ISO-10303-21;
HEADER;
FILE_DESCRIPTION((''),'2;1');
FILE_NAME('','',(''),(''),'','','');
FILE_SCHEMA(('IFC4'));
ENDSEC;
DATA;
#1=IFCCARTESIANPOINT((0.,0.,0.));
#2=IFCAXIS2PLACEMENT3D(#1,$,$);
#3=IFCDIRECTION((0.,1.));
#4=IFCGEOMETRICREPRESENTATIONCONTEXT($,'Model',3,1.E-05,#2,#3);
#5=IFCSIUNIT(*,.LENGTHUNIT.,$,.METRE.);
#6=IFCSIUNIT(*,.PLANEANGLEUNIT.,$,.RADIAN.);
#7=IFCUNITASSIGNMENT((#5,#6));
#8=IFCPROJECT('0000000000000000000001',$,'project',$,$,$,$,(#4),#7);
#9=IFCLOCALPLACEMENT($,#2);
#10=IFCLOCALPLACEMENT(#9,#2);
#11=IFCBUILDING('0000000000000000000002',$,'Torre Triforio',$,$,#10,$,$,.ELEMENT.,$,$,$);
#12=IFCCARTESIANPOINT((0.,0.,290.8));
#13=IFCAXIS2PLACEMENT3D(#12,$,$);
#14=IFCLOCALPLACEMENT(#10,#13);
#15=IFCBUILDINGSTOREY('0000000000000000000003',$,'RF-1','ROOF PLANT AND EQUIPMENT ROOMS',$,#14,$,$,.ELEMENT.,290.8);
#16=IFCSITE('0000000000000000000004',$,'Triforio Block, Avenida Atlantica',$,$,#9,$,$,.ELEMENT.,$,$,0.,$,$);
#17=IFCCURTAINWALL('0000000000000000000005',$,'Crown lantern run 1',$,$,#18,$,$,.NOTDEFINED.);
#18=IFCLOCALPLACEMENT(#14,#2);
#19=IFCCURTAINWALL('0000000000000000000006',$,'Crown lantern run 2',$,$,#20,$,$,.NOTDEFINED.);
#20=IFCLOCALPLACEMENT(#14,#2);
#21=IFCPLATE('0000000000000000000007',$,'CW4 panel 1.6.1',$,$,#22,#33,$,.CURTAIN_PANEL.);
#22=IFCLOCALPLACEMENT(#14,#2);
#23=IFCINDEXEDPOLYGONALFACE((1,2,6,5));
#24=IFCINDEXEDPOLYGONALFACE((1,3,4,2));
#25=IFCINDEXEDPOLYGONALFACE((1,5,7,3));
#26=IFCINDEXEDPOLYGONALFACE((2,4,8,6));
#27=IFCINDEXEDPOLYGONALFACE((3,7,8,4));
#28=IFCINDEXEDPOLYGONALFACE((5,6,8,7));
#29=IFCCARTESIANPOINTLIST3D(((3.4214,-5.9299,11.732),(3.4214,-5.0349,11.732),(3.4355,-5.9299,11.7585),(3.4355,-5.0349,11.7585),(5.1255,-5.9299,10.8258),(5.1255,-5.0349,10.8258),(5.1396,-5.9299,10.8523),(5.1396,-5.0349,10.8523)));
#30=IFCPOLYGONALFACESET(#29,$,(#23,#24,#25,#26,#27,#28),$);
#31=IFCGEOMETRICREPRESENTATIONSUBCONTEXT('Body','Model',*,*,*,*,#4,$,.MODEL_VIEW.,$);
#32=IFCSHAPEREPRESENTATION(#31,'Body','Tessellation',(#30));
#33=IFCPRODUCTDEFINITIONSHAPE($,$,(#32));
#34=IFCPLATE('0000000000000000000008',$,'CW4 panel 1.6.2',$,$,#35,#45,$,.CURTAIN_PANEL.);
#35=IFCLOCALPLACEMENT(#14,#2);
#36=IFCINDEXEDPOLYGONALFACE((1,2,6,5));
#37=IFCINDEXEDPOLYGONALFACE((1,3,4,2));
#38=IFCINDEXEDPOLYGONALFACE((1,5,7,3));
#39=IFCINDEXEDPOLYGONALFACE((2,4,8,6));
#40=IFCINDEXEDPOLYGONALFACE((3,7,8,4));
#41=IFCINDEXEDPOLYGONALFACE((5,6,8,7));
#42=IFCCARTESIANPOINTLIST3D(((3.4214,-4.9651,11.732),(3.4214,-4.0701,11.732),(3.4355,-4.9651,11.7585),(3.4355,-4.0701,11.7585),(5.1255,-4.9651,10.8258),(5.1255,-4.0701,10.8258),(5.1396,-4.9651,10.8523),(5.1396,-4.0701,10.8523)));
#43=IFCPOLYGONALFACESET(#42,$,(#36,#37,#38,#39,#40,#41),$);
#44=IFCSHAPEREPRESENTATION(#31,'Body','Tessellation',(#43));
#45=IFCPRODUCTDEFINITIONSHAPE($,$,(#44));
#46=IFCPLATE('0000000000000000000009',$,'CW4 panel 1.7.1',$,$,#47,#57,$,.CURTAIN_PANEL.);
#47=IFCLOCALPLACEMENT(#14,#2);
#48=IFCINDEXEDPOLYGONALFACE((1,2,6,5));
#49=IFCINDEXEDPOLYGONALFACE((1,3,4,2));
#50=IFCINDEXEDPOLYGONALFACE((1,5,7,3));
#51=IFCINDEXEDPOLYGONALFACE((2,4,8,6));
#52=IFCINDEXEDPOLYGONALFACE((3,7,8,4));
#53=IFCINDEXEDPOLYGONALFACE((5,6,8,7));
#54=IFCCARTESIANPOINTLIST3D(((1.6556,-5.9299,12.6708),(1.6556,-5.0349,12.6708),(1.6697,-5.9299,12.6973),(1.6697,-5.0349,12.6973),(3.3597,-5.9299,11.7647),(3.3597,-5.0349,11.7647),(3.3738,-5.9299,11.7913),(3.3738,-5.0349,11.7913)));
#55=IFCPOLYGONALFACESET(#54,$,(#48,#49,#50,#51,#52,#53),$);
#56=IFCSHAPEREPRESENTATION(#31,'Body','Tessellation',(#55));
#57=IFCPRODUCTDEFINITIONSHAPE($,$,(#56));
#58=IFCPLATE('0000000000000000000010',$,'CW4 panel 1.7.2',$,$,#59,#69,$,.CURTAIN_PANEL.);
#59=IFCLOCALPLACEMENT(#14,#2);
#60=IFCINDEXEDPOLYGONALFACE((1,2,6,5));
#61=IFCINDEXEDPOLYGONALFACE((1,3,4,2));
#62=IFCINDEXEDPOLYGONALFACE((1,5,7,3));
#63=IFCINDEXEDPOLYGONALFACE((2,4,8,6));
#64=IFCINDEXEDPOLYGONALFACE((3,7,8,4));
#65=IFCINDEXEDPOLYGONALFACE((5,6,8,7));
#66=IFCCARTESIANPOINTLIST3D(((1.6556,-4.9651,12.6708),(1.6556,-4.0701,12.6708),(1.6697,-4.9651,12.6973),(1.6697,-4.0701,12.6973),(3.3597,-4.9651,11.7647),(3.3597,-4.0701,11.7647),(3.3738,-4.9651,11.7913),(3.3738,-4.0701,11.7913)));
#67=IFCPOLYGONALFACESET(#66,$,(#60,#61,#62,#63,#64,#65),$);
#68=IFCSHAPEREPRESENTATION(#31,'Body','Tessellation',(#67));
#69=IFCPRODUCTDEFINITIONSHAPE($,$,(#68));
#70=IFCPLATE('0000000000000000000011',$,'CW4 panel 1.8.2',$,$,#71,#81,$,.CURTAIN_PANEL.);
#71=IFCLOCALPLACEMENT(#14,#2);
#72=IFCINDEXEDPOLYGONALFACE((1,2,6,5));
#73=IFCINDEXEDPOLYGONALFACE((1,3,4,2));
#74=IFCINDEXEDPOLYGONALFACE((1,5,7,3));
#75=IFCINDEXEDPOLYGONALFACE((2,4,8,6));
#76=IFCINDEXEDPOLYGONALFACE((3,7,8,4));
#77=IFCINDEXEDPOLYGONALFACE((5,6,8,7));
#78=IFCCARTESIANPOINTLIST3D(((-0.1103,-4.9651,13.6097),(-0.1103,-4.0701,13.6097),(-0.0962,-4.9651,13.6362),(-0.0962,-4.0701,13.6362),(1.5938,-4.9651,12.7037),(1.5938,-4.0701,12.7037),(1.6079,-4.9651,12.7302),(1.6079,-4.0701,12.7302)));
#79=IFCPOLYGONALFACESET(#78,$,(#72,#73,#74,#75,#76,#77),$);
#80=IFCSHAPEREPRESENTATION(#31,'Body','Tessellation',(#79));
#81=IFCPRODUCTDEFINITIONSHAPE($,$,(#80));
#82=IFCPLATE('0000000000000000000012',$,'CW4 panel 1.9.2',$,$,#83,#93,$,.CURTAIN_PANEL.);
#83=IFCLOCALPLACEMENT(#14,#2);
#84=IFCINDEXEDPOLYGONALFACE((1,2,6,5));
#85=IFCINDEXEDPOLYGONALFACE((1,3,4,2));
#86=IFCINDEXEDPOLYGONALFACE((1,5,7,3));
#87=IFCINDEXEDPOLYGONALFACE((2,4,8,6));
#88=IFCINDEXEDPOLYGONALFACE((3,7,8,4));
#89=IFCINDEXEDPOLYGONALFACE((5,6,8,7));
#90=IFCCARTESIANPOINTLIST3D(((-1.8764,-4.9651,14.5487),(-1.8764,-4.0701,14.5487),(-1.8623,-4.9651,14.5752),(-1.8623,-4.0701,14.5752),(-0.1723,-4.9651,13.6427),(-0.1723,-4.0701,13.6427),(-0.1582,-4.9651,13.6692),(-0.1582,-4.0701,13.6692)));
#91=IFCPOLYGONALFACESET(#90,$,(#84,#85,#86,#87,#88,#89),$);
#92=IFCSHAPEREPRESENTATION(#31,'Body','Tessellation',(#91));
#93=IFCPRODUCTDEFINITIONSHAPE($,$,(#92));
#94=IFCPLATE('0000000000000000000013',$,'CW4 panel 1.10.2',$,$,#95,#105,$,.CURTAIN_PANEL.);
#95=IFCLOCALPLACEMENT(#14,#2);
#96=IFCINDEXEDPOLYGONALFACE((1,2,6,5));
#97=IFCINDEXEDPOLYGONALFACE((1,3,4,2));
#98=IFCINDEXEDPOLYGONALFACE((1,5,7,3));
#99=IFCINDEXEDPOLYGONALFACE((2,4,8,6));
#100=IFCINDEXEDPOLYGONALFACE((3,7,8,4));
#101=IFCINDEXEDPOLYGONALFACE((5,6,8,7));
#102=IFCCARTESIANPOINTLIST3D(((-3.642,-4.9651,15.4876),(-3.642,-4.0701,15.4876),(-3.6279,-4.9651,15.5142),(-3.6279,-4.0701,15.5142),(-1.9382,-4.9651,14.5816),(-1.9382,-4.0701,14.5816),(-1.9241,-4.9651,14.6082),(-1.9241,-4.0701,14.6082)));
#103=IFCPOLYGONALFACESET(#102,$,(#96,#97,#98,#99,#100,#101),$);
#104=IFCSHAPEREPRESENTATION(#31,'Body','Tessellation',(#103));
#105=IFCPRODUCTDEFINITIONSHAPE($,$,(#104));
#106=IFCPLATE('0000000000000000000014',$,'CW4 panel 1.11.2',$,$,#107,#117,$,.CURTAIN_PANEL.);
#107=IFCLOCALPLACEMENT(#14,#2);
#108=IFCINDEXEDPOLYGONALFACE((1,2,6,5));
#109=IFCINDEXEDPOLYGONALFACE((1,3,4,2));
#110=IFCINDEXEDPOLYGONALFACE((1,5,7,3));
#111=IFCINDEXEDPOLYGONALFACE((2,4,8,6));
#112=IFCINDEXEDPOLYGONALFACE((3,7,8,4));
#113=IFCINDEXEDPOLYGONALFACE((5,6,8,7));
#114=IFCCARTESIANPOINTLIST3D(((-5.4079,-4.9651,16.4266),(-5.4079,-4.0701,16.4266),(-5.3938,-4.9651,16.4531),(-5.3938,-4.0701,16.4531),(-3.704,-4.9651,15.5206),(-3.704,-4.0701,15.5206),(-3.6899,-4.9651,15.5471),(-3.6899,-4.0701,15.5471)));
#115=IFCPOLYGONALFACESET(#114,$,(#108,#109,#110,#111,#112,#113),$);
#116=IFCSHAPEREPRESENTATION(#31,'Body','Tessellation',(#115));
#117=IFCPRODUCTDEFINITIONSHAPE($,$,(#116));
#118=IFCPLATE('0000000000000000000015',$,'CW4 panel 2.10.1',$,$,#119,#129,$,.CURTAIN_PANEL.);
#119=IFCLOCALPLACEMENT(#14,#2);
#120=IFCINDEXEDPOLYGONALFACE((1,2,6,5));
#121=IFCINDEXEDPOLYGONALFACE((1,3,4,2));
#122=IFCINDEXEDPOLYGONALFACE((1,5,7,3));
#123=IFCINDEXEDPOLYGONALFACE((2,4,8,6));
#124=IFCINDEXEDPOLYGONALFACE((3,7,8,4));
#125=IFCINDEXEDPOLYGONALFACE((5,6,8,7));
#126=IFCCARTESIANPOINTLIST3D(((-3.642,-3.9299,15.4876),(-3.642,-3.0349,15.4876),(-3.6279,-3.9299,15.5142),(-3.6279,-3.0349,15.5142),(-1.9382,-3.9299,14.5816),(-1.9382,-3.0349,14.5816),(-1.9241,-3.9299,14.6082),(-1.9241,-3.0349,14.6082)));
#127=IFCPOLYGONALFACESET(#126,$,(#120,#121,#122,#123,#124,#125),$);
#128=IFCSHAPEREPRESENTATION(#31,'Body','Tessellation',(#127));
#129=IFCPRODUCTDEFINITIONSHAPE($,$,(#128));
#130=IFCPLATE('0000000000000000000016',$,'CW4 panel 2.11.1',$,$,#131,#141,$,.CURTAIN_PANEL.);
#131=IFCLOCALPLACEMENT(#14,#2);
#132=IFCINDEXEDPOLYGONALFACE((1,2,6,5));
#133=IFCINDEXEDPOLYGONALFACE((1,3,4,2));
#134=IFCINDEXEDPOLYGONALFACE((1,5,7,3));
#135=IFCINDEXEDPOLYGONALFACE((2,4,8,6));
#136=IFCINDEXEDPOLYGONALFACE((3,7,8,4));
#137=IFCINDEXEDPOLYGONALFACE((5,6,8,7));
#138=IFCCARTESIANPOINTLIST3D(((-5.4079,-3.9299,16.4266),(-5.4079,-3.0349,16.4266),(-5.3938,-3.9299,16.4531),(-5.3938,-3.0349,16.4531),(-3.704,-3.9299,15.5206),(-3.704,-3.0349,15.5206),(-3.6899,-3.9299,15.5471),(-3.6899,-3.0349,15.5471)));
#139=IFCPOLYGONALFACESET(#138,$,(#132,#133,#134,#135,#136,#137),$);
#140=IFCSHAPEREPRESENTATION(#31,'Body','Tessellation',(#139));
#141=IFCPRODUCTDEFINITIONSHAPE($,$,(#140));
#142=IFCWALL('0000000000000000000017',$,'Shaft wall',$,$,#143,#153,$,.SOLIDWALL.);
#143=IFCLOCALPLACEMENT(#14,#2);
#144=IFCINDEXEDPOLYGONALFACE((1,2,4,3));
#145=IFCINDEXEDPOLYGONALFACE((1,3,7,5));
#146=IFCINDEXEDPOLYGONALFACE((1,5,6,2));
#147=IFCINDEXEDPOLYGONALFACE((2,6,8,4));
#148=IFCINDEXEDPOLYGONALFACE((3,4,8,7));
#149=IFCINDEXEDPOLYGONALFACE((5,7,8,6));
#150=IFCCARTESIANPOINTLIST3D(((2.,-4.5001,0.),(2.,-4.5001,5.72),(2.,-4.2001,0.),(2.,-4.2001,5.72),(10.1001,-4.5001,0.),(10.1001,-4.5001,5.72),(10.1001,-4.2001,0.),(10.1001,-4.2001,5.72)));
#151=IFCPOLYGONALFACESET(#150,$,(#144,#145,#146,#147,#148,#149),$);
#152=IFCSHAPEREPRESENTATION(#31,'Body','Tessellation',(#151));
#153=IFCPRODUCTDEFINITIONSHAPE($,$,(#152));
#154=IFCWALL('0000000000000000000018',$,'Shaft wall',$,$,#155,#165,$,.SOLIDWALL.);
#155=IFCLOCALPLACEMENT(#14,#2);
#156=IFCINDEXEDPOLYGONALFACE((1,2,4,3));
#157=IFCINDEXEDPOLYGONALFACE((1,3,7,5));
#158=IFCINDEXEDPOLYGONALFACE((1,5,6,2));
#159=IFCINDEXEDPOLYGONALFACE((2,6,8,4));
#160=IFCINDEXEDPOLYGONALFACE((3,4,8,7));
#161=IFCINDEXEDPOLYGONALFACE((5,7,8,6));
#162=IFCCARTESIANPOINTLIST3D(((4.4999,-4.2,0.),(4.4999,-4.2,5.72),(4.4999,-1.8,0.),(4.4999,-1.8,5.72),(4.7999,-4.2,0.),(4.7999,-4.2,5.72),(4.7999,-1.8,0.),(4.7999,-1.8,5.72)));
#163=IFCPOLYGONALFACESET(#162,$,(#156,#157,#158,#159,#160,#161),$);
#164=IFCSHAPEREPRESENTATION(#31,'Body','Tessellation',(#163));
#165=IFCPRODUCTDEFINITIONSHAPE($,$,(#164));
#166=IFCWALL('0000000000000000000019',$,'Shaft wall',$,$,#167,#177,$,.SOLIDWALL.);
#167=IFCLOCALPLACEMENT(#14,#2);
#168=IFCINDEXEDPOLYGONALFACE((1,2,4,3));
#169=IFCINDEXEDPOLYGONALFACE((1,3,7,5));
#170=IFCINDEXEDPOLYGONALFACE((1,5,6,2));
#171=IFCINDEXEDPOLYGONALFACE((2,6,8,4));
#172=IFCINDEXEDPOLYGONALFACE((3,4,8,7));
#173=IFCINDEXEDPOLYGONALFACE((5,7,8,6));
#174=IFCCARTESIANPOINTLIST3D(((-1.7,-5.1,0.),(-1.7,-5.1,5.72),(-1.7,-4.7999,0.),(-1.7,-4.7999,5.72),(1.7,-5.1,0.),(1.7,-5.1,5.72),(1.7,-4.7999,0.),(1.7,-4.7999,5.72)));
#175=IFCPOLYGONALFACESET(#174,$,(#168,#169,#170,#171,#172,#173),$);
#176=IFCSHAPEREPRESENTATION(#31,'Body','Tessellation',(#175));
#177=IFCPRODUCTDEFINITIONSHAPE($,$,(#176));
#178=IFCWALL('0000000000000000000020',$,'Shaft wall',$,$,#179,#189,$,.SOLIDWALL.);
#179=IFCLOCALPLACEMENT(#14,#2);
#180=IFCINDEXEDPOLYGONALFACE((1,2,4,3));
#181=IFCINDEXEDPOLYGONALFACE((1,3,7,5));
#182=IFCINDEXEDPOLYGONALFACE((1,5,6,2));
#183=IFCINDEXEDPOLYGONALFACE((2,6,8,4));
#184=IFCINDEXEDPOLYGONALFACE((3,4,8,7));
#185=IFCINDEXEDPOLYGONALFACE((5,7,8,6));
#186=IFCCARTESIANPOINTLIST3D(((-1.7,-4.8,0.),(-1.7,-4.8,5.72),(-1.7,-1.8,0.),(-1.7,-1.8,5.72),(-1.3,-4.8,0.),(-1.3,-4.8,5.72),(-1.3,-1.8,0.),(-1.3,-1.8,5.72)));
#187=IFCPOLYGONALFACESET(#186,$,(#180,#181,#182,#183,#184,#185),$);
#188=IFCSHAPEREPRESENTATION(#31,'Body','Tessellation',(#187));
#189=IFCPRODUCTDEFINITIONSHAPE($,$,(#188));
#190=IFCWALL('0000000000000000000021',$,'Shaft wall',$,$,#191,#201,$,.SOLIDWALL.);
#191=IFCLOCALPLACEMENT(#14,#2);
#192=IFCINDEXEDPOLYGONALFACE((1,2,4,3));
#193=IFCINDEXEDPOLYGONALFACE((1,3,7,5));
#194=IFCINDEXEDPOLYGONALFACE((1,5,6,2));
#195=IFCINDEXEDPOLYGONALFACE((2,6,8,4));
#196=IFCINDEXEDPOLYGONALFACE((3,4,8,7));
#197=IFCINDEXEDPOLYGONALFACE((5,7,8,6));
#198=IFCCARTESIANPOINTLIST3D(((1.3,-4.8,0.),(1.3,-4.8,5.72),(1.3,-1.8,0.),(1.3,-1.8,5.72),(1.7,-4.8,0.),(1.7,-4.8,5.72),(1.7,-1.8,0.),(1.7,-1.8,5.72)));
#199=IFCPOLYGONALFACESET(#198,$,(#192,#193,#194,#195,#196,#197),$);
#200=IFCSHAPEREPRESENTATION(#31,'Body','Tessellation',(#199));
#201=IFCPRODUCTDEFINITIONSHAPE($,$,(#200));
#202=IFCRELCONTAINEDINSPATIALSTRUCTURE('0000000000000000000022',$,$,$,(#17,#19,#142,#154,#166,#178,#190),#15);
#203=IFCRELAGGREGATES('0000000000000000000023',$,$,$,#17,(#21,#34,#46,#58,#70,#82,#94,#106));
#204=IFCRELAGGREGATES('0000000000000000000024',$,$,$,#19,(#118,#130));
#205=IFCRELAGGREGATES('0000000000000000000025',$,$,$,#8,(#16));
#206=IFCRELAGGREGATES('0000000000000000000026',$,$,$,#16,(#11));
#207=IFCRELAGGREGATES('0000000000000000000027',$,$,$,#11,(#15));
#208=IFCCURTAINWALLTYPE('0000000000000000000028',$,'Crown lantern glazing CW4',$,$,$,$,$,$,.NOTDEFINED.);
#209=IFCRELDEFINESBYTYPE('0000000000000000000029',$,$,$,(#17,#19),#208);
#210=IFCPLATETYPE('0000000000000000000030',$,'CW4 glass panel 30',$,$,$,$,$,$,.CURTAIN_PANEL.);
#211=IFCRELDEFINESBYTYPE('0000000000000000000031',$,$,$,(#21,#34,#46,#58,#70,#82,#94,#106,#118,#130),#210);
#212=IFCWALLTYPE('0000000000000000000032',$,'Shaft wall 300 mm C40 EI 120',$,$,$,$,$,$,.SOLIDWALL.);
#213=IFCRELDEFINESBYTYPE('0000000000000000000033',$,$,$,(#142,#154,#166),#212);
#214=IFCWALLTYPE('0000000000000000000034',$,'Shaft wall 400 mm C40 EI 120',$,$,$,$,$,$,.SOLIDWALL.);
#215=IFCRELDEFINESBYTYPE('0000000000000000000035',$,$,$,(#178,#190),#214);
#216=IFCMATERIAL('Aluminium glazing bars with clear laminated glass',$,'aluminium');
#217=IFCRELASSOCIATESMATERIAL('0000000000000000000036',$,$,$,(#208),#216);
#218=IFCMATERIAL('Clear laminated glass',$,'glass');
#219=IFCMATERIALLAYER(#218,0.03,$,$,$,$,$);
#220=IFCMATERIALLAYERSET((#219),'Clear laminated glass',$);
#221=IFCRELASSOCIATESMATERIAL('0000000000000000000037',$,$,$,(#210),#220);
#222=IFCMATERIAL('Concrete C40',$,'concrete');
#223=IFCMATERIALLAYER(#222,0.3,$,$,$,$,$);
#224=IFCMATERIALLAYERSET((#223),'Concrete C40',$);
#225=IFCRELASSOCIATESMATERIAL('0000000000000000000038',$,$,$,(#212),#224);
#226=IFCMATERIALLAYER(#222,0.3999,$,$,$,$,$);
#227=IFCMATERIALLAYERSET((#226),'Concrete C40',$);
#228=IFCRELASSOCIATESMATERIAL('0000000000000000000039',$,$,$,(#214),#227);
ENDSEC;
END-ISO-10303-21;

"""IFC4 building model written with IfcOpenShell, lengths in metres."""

from ifc_helpers import new_model, si_unit, direction, frame, frame_2d, origin, place, context, subcontext, project, spatial, polyline, rectangle, outline, extrude, material, layer, layer_set, type_object, element, aggregate, save


model = new_model("IFC4")

# Units and contexts
model_context = context("Model", 3, precision=1e-05, world=origin(), true_north=direction((0.0, 1.0)))
body_context = subcontext(model_context, "Body", "Model", "MODEL_VIEW")
ifc_project = project(units=[si_unit("LENGTHUNIT", "METRE"), si_unit("PLANEANGLEUNIT", "RADIAN")], contexts=[model_context])

# Site, building, storey
site_placement = place(None, origin())
site = spatial("IfcSite", under=ifc_project, at=site_placement, Name="Triforio Block, Avenida Atlantica", CompositionType="ELEMENT", RefElevation=0.0)
building_placement = place(site_placement, origin())
building = spatial("IfcBuilding", under=site, at=building_placement, Name="Torre Triforio", CompositionType="ELEMENT")
storey_placement = place(building_placement, frame((0.0, 0.0, 290.8)))
storey = spatial("IfcBuildingStorey", under=building, at=storey_placement, Name="RF-1", Description="ROOF PLANT AND EQUIPMENT ROOMS", CompositionType="ELEMENT", Elevation=290.8)

# Curtain walls
ifc_material_1 = material(Name="Aluminium glazing bars with clear laminated glass", Category="aluminium")
curtain_wall_type = type_object("IfcCurtainWallType", Name="Crown lantern glazing CW4", PredefinedType="NOTDEFINED", material=ifc_material_1)
curtain_wall_1_placement = place(storey_placement, origin())
curtain_wall_1 = element("IfcCurtainWall", 1, at=curtain_wall_1_placement, inside=storey, type_object=curtain_wall_type, Name="Crown lantern run 1", PredefinedType="NOTDEFINED")
curtain_wall_2_placement = place(storey_placement, origin())
curtain_wall_2 = element("IfcCurtainWall", 2, at=curtain_wall_2_placement, inside=storey, type_object=curtain_wall_type, Name="Crown lantern run 2", PredefinedType="NOTDEFINED")

# Plates
ifc_material_2 = material(Name="Clear laminated glass", Category="glass")
ifc_layer_1 = layer(ifc_material_2, 0.03)
ifc_layer_set_1 = layer_set([ifc_layer_1], Name="Clear laminated glass")
plate_type = type_object("IfcPlateType", Name="CW4 glass panel 30", PredefinedType="CURTAIN_PANEL", material=ifc_layer_set_1)
plate_1_placement = place(storey_placement, frame((5.1396, -5.9299, 10.8523), z_axis=(0.469537, 0.0, 0.882913), x_axis=(0.0, 1.0, 0.0)))
plate_1 = element("IfcPlate", 3, at=plate_1_placement, type_object=plate_type, Name="CW4 panel 1.6.1", PredefinedType="CURTAIN_PANEL", context=body_context, shape_type="SweptSolid", body=[
    extrude(outline(polyline([(0.0, 0.0), (0.895, 0.0), (0.895, 1.9301), (0.0, 1.9301), (0.0, 0.0)])), origin(), (0.0, 0.0, -1.0), 0.03),
])
plate_2_placement = place(storey_placement, frame((5.1396, -4.9651, 10.8523), z_axis=(0.469537, 0.0, 0.882913), x_axis=(0.0, 1.0, 0.0)))
plate_2 = element("IfcPlate", 4, at=plate_2_placement, type_object=plate_type, Name="CW4 panel 1.6.2", PredefinedType="CURTAIN_PANEL", context=body_context, shape_type="SweptSolid", body=[
    extrude(outline(polyline([(0.0, 0.0), (0.895, 0.0), (0.895, 1.9301), (0.0, 1.9301), (0.0, 0.0)])), origin(), (0.0, 0.0, -1.0), 0.03),
])
plate_3_placement = place(storey_placement, frame((3.3738, -5.9299, 11.7913), z_axis=(0.469439, 0.0, 0.882965), x_axis=(0.0, 1.0, 0.0)))
plate_3 = element("IfcPlate", 5, at=plate_3_placement, type_object=plate_type, Name="CW4 panel 1.7.1", PredefinedType="CURTAIN_PANEL", context=body_context, shape_type="SweptSolid", body=[
    extrude(outline(polyline([(0.0, 0.0), (0.895, 0.0), (0.895, 1.93), (0.0, 1.93), (0.0, 0.0)])), origin(), (0.0, 0.0, -1.0), 0.03),
])
plate_4_placement = place(storey_placement, frame((3.3738, -4.9651, 11.7913), z_axis=(0.469439, 0.0, 0.882965), x_axis=(0.0, 1.0, 0.0)))
plate_4 = element("IfcPlate", 6, at=plate_4_placement, type_object=plate_type, Name="CW4 panel 1.7.2", PredefinedType="CURTAIN_PANEL", context=body_context, shape_type="SweptSolid", body=[
    extrude(outline(polyline([(0.0, 0.0), (0.895, 0.0), (0.895, 1.93), (0.0, 1.93), (0.0, 0.0)])), origin(), (0.0, 0.0, -1.0), 0.03),
])
plate_5_placement = place(storey_placement, frame((1.6079, -4.9651, 12.7302), z_axis=(0.469439, 0.0, 0.882965), x_axis=(0.0, 1.0, 0.0)))
plate_5 = element("IfcPlate", 7, at=plate_5_placement, type_object=plate_type, Name="CW4 panel 1.8.2", PredefinedType="CURTAIN_PANEL", context=body_context, shape_type="SweptSolid", body=[
    extrude(outline(polyline([(0.0, 0.0), (0.895, 0.0), (0.895, 1.93), (0.0, 1.93), (0.0, 0.0)])), origin(), (0.0, 0.0, -1.0), 0.03),
])
plate_6_placement = place(storey_placement, frame((-0.1582, -4.9651, 13.6692), z_axis=(0.469439, 0.0, 0.882965), x_axis=(0.0, 1.0, 0.0)))
plate_6 = element("IfcPlate", 8, at=plate_6_placement, type_object=plate_type, Name="CW4 panel 1.9.2", PredefinedType="CURTAIN_PANEL", context=body_context, shape_type="SweptSolid", body=[
    extrude(outline(polyline([(0.0, 0.0), (0.895, 0.0), (0.895, 1.93), (0.0, 1.93), (0.0, 0.0)])), origin(), (0.0, 0.0, -1.0), 0.03),
])
plate_7_placement = place(storey_placement, frame((-1.9241, -4.9651, 14.6082), z_axis=(0.469491, 0.0, 0.882937), x_axis=(0.0, 1.0, 0.0)))
plate_7 = element("IfcPlate", 9, at=plate_7_placement, type_object=plate_type, Name="CW4 panel 1.10.2", PredefinedType="CURTAIN_PANEL", context=body_context, shape_type="SweptSolid", body=[
    extrude(outline(polyline([(0.0, 0.0), (0.895, 0.0), (0.895, 1.9298), (0.0, 1.9298), (0.0, 0.0)])), origin(), (0.0, 0.0, -1.0), 0.03),
])
plate_8_placement = place(storey_placement, frame((-3.6899, -4.9651, 15.5471), z_axis=(0.469491, 0.0, 0.882937), x_axis=(0.0, 1.0, 0.0)))
plate_8 = element("IfcPlate", 10, at=plate_8_placement, type_object=plate_type, Name="CW4 panel 1.11.2", PredefinedType="CURTAIN_PANEL", context=body_context, shape_type="SweptSolid", body=[
    extrude(outline(polyline([(0.0, 0.0), (0.895, 0.0), (0.895, 1.9298), (0.0, 1.9298), (0.0, 0.0)])), origin(), (0.0, 0.0, -1.0), 0.03),
])
aggregate(curtain_wall_1, [plate_1, plate_2, plate_3, plate_4, plate_5, plate_6, plate_7, plate_8])
plate_9_placement = place(storey_placement, frame((-1.9241, -3.9299, 14.6082), z_axis=(0.469491, 0.0, 0.882937), x_axis=(0.0, 1.0, 0.0)))
plate_9 = element("IfcPlate", 11, at=plate_9_placement, type_object=plate_type, Name="CW4 panel 2.10.1", PredefinedType="CURTAIN_PANEL", context=body_context, shape_type="SweptSolid", body=[
    extrude(outline(polyline([(0.0, 0.0), (0.895, 0.0), (0.895, 1.9298), (0.0, 1.9298), (0.0, 0.0)])), origin(), (0.0, 0.0, -1.0), 0.03),
])
plate_10_placement = place(storey_placement, frame((-3.6899, -3.9299, 15.5471), z_axis=(0.469491, 0.0, 0.882937), x_axis=(0.0, 1.0, 0.0)))
plate_10 = element("IfcPlate", 12, at=plate_10_placement, type_object=plate_type, Name="CW4 panel 2.11.1", PredefinedType="CURTAIN_PANEL", context=body_context, shape_type="SweptSolid", body=[
    extrude(outline(polyline([(0.0, 0.0), (0.895, 0.0), (0.895, 1.9298), (0.0, 1.9298), (0.0, 0.0)])), origin(), (0.0, 0.0, -1.0), 0.03),
])
aggregate(curtain_wall_2, [plate_9, plate_10])

# Walls
ifc_material_3 = material(Name="Concrete C40", Category="concrete")
ifc_layer_2 = layer(ifc_material_3, 0.3)
ifc_layer_set_2 = layer_set([ifc_layer_2], Name="Concrete C40")
wall_type_1 = type_object("IfcWallType", Name="Shaft wall 300 mm C40 EI 120", PredefinedType="SOLIDWALL", material=ifc_layer_set_2)
wall_1_placement = place(storey_placement, frame((2.0, -4.3501, 0.0), z_axis=(0.0, 0.0, 1.0), x_axis=(1.0, 0.0, 0.0)))
element("IfcWall", 13, at=wall_1_placement, inside=storey, type_object=wall_type_1, Name="Shaft wall", PredefinedType="SOLIDWALL", context=body_context, shape_type="SweptSolid", body=[
    extrude(rectangle(XDim=8.1001, YDim=0.3, at=frame_2d((4.05, 0.0))), origin(), (0.0, 0.0, 1.0), 5.72),
])
wall_2_placement = place(storey_placement, frame((4.6499, -4.2, 0.0), z_axis=(0.0, 0.0, 1.0), x_axis=(0.0, 1.0, 0.0)))
element("IfcWall", 14, at=wall_2_placement, inside=storey, type_object=wall_type_1, Name="Shaft wall", PredefinedType="SOLIDWALL", context=body_context, shape_type="SweptSolid", body=[
    extrude(rectangle(XDim=2.3999, YDim=0.3, at=frame_2d((1.2, 0.0))), origin(), (0.0, 0.0, 1.0), 5.72),
])
wall_3_placement = place(storey_placement, frame((-1.7, -4.95, 0.0), z_axis=(0.0, 0.0, 1.0), x_axis=(1.0, 0.0, 0.0)))
element("IfcWall", 15, at=wall_3_placement, inside=storey, type_object=wall_type_1, Name="Shaft wall", PredefinedType="SOLIDWALL", context=body_context, shape_type="SweptSolid", body=[
    extrude(rectangle(XDim=3.3999, YDim=0.3, at=frame_2d((1.7, 0.0))), origin(), (0.0, 0.0, 1.0), 5.72),
])
ifc_layer_3 = layer(ifc_material_3, 0.3999)
ifc_layer_set_3 = layer_set([ifc_layer_3], Name="Concrete C40")
wall_type_2 = type_object("IfcWallType", Name="Shaft wall 400 mm C40 EI 120", PredefinedType="SOLIDWALL", material=ifc_layer_set_3)
for number, where, z_axis, x_axis, name in (
    (16, (-1.5, -4.8, 0.0), (0.0, 0.0, 1.0), (0.0, 1.0, 0.0), "Shaft wall"),
    (17, (1.5, -4.8, 0.0), (0.0, 0.0, 1.0), (0.0, 1.0, 0.0), "Shaft wall"),
):
    element("IfcWall", number, at=place(storey_placement, frame(where, z_axis=z_axis, x_axis=x_axis)), inside=storey, type_object=wall_type_2, Name=name, PredefinedType="SOLIDWALL", context=body_context, shape_type="SweptSolid", body=[
        extrude(rectangle(XDim=3.0, YDim=0.3999, at=frame_2d((1.5, 0.0))), origin(), (0.0, 0.0, 1.0), 5.72),
    ])

save(model, "model.ifc")
